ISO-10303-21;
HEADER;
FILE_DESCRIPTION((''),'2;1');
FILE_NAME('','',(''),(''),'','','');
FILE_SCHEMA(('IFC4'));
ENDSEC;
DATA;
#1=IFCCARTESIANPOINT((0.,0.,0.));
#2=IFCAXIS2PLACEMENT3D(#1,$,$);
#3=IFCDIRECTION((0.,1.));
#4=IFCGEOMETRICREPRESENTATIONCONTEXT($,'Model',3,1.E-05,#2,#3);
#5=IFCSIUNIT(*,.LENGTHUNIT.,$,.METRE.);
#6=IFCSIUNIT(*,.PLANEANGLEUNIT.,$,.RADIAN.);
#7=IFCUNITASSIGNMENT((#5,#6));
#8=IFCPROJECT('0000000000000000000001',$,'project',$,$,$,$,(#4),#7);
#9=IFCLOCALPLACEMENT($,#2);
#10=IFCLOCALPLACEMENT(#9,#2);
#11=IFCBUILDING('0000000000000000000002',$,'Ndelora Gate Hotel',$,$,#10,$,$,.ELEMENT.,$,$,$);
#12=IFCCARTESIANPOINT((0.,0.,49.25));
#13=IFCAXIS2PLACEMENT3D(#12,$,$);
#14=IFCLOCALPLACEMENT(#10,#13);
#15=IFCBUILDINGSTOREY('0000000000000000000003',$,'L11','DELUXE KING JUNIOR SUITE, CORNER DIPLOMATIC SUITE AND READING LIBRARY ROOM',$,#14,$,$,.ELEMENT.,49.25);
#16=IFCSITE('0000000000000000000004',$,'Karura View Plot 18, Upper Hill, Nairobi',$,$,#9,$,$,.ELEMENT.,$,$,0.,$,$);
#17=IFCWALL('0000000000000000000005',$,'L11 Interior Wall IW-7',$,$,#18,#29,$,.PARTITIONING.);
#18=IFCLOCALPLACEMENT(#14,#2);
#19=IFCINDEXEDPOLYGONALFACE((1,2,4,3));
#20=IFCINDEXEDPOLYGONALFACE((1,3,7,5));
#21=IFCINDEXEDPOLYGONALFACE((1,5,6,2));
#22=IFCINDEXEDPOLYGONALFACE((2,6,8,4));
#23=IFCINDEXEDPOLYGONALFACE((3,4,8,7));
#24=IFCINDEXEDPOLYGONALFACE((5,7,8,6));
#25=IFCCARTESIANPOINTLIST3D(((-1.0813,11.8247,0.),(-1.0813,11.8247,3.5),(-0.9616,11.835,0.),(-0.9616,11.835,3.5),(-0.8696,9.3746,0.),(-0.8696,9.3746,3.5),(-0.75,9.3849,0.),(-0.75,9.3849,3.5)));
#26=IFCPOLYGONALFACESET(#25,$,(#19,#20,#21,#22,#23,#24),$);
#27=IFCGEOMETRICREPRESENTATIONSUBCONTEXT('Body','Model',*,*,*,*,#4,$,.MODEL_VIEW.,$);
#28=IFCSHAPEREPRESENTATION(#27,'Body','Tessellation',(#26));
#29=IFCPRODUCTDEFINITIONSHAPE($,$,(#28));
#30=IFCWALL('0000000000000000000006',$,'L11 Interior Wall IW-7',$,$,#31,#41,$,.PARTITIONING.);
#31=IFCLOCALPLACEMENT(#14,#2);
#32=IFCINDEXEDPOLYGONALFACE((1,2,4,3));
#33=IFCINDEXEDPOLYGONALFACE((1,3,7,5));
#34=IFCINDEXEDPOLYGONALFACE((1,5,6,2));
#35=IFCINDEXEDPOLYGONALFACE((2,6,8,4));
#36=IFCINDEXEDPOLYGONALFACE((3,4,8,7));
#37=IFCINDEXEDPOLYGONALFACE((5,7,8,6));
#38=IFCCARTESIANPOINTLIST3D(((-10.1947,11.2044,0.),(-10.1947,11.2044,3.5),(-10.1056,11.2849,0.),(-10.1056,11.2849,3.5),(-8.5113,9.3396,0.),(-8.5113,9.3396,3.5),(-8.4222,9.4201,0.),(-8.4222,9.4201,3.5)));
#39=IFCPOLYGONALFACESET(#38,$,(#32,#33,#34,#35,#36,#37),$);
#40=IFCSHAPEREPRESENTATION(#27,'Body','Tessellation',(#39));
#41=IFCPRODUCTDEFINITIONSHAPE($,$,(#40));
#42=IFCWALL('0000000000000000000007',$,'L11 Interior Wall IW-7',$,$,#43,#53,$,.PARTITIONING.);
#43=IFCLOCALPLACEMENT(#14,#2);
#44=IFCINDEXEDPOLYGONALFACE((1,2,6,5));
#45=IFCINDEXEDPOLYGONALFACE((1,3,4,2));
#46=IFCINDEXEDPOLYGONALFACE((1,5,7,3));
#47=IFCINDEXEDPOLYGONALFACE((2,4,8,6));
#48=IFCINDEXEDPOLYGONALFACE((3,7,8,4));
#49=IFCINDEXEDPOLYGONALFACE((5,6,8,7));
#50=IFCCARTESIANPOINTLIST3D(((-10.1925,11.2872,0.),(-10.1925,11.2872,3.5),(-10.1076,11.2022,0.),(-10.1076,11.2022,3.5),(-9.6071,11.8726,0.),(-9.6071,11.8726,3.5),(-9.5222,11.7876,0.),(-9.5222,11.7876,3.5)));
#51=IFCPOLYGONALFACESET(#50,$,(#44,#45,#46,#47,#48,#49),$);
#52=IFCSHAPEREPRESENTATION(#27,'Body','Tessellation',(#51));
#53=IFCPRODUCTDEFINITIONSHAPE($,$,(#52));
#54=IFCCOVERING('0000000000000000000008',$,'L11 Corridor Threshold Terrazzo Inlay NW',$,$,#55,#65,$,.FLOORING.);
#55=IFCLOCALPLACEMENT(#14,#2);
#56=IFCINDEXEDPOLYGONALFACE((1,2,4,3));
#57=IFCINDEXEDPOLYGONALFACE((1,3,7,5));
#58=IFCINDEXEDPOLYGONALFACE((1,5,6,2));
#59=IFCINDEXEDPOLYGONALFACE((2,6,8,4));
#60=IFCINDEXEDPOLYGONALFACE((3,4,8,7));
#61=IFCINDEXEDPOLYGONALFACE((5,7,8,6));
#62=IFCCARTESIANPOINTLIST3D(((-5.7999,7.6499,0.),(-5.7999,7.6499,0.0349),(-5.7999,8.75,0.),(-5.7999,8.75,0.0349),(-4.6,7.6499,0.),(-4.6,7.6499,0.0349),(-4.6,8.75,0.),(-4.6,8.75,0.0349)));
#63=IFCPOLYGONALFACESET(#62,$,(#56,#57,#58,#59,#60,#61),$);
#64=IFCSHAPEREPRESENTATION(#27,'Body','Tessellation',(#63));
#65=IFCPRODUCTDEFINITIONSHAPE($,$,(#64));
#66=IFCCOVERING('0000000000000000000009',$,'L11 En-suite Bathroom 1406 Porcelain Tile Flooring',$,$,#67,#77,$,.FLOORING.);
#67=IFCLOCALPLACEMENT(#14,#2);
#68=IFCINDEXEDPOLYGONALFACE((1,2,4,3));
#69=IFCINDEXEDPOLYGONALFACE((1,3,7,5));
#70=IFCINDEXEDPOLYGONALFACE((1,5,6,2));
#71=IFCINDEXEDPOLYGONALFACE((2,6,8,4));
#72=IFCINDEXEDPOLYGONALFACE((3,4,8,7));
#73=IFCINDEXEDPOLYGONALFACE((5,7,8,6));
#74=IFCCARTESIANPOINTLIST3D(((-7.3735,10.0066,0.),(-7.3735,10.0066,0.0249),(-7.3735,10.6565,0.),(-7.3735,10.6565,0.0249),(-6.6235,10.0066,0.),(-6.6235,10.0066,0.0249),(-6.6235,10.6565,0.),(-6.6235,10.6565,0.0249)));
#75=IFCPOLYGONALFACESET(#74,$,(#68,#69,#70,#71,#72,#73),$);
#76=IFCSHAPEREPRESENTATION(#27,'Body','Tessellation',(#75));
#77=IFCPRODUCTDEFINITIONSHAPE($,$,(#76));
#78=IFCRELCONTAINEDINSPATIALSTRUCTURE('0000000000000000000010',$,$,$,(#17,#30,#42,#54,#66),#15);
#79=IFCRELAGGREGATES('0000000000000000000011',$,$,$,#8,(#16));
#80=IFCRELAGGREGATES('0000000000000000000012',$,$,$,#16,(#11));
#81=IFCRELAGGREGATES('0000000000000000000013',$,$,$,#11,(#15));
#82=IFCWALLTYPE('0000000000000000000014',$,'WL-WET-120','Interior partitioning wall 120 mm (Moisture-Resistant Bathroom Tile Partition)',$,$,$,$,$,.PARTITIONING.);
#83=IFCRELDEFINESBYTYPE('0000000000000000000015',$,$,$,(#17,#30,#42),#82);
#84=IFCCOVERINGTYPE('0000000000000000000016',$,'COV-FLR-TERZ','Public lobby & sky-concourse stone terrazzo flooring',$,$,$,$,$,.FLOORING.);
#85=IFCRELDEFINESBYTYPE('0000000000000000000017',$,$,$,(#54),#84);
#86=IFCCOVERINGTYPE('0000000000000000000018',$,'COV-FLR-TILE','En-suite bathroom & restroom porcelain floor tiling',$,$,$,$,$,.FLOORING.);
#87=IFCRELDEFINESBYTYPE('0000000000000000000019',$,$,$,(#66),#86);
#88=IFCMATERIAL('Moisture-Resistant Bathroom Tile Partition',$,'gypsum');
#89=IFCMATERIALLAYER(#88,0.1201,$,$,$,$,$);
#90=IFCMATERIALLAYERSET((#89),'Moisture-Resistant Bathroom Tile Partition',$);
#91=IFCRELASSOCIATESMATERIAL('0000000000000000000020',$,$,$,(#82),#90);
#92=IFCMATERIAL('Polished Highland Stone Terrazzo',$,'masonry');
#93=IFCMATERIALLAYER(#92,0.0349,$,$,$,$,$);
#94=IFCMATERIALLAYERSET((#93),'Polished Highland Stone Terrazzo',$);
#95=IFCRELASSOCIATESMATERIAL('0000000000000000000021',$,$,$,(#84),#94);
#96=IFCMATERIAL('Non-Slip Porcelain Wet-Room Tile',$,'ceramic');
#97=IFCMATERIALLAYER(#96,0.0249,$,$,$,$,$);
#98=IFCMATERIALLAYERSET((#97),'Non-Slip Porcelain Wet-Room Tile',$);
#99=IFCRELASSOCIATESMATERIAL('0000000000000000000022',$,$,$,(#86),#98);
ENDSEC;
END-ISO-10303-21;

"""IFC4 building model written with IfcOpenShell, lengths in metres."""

from ifc_helpers import new_model, si_unit, direction, frame, frame_2d, origin, origin_2d, place, context, subcontext, project, spatial, rectangle, extrude, material, layer, layer_set, type_object, element, save


model = new_model("IFC4")

# Units and contexts
model_context = context("Model", 3, precision=1e-05, world=origin(), true_north=direction((0.0, 1.0)))
body_context = subcontext(model_context, "Body", "Model", "MODEL_VIEW")
ifc_project = project(units=[si_unit("LENGTHUNIT", "METRE"), si_unit("PLANEANGLEUNIT", "RADIAN")], contexts=[model_context])

# Site, building, storey
site_placement = place(None, origin())
site = spatial("IfcSite", under=ifc_project, at=site_placement, Name="Karura View Plot 18, Upper Hill, Nairobi", CompositionType="ELEMENT", RefElevation=0.0)
building_placement = place(site_placement, origin())
building = spatial("IfcBuilding", under=site, at=building_placement, Name="Ndelora Gate Hotel", CompositionType="ELEMENT")
storey_placement = place(building_placement, frame((0.0, 0.0, 49.25)))
storey = spatial("IfcBuildingStorey", under=building, at=storey_placement, Name="L11", Description="DELUXE KING JUNIOR SUITE, CORNER DIPLOMATIC SUITE AND READING LIBRARY ROOM", CompositionType="ELEMENT", Elevation=49.25)

# Walls
ifc_material_1 = material(Name="Moisture-Resistant Bathroom Tile Partition", Category="gypsum")
ifc_layer_1 = layer(ifc_material_1, 0.1201)
ifc_layer_set_1 = layer_set([ifc_layer_1], Name="Moisture-Resistant Bathroom Tile Partition")
wall_type_1 = type_object("IfcWallType", Name="WL-WET-120", Description="Interior partitioning wall 120 mm (Moisture-Resistant Bathroom Tile Partition)", PredefinedType="PARTITIONING", material=ifc_layer_set_1)
wall_1_placement = place(storey_placement, frame((-0.8098, 9.3799, 0.0), z_axis=(0.0, 0.0, 1.0), x_axis=(-0.086068, 0.996289, 0.0)))
element("IfcWall", 1, at=wall_1_placement, inside=storey, type_object=wall_type_1, Name="L11 Interior Wall IW-7", PredefinedType="PARTITIONING", context=body_context, shape_type="SweptSolid", body=[
    extrude(rectangle(XDim=2.4592, YDim=0.1201, at=frame_2d((1.2295, 0.0))), origin(), (0.0, 0.0, 1.0), 3.5),
])
wall_2_placement = place(storey_placement, frame((-10.1501, 11.2446, 0.0), z_axis=(0.0, 0.0, 1.0), x_axis=(0.670081, -0.742288, 0.0)))
element("IfcWall", 2, at=wall_2_placement, inside=storey, type_object=wall_type_1, Name="L11 Interior Wall IW-7", PredefinedType="PARTITIONING", context=body_context, shape_type="SweptSolid", body=[
    extrude(rectangle(XDim=2.5122, YDim=0.1201, at=frame_2d((1.2561, 0.0))), origin(), (0.0, 0.0, 1.0), 3.5),
])
wall_3_placement = place(storey_placement, frame((-10.1501, 11.2446, 0.0), z_axis=(0.0, 0.0, 1.0), x_axis=(0.707107, 0.707107, 0.0)))
element("IfcWall", 3, at=wall_3_placement, inside=storey, type_object=wall_type_1, Name="L11 Interior Wall IW-7", PredefinedType="PARTITIONING", context=body_context, shape_type="SweptSolid", body=[
    extrude(rectangle(XDim=0.8279, YDim=0.1201, at=frame_2d((0.4141, 0.0))), origin(), (0.0, 0.0, 1.0), 3.5),
])

# Coverings
ifc_material_2 = material(Name="Polished Highland Stone Terrazzo", Category="masonry")
ifc_layer_2 = layer(ifc_material_2, 0.0349)
ifc_layer_set_2 = layer_set([ifc_layer_2], Name="Polished Highland Stone Terrazzo")
covering_type_1 = type_object("IfcCoveringType", Name="COV-FLR-TERZ", Description="Public lobby & sky-concourse stone terrazzo flooring", PredefinedType="FLOORING", material=ifc_layer_set_2)
covering_1_placement = place(storey_placement, frame((-5.2, 8.2, 0.0), z_axis=(0.0, 0.0, 1.0), x_axis=(1.0, 0.0, 0.0)))
element("IfcCovering", 4, at=covering_1_placement, inside=storey, type_object=covering_type_1, Name="L11 Corridor Threshold Terrazzo Inlay NW", PredefinedType="FLOORING", context=body_context, shape_type="SweptSolid", body=[
    extrude(rectangle(XDim=1.2, YDim=1.1001, at=origin_2d()), origin(), (0.0, 0.0, 1.0), 0.0349),
])
ifc_material_3 = material(Name="Non-Slip Porcelain Wet-Room Tile", Category="ceramic")
ifc_layer_3 = layer(ifc_material_3, 0.0249)
ifc_layer_set_3 = layer_set([ifc_layer_3], Name="Non-Slip Porcelain Wet-Room Tile")
covering_type_2 = type_object("IfcCoveringType", Name="COV-FLR-TILE", Description="En-suite bathroom & restroom porcelain floor tiling", PredefinedType="FLOORING", material=ifc_layer_set_3)
covering_2_placement = place(storey_placement, frame((-6.9985, 10.3315, 0.0), z_axis=(0.0, 0.0, 1.0), x_axis=(1.0, 0.0, 0.0)))
element("IfcCovering", 5, at=covering_2_placement, inside=storey, type_object=covering_type_2, Name="L11 En-suite Bathroom 1406 Porcelain Tile Flooring", PredefinedType="FLOORING", context=body_context, shape_type="SweptSolid", body=[
    extrude(rectangle(XDim=0.75, YDim=0.6499, at=origin_2d()), origin(), (0.0, 0.0, 1.0), 0.0249),
])

save(model, "model.ifc")
